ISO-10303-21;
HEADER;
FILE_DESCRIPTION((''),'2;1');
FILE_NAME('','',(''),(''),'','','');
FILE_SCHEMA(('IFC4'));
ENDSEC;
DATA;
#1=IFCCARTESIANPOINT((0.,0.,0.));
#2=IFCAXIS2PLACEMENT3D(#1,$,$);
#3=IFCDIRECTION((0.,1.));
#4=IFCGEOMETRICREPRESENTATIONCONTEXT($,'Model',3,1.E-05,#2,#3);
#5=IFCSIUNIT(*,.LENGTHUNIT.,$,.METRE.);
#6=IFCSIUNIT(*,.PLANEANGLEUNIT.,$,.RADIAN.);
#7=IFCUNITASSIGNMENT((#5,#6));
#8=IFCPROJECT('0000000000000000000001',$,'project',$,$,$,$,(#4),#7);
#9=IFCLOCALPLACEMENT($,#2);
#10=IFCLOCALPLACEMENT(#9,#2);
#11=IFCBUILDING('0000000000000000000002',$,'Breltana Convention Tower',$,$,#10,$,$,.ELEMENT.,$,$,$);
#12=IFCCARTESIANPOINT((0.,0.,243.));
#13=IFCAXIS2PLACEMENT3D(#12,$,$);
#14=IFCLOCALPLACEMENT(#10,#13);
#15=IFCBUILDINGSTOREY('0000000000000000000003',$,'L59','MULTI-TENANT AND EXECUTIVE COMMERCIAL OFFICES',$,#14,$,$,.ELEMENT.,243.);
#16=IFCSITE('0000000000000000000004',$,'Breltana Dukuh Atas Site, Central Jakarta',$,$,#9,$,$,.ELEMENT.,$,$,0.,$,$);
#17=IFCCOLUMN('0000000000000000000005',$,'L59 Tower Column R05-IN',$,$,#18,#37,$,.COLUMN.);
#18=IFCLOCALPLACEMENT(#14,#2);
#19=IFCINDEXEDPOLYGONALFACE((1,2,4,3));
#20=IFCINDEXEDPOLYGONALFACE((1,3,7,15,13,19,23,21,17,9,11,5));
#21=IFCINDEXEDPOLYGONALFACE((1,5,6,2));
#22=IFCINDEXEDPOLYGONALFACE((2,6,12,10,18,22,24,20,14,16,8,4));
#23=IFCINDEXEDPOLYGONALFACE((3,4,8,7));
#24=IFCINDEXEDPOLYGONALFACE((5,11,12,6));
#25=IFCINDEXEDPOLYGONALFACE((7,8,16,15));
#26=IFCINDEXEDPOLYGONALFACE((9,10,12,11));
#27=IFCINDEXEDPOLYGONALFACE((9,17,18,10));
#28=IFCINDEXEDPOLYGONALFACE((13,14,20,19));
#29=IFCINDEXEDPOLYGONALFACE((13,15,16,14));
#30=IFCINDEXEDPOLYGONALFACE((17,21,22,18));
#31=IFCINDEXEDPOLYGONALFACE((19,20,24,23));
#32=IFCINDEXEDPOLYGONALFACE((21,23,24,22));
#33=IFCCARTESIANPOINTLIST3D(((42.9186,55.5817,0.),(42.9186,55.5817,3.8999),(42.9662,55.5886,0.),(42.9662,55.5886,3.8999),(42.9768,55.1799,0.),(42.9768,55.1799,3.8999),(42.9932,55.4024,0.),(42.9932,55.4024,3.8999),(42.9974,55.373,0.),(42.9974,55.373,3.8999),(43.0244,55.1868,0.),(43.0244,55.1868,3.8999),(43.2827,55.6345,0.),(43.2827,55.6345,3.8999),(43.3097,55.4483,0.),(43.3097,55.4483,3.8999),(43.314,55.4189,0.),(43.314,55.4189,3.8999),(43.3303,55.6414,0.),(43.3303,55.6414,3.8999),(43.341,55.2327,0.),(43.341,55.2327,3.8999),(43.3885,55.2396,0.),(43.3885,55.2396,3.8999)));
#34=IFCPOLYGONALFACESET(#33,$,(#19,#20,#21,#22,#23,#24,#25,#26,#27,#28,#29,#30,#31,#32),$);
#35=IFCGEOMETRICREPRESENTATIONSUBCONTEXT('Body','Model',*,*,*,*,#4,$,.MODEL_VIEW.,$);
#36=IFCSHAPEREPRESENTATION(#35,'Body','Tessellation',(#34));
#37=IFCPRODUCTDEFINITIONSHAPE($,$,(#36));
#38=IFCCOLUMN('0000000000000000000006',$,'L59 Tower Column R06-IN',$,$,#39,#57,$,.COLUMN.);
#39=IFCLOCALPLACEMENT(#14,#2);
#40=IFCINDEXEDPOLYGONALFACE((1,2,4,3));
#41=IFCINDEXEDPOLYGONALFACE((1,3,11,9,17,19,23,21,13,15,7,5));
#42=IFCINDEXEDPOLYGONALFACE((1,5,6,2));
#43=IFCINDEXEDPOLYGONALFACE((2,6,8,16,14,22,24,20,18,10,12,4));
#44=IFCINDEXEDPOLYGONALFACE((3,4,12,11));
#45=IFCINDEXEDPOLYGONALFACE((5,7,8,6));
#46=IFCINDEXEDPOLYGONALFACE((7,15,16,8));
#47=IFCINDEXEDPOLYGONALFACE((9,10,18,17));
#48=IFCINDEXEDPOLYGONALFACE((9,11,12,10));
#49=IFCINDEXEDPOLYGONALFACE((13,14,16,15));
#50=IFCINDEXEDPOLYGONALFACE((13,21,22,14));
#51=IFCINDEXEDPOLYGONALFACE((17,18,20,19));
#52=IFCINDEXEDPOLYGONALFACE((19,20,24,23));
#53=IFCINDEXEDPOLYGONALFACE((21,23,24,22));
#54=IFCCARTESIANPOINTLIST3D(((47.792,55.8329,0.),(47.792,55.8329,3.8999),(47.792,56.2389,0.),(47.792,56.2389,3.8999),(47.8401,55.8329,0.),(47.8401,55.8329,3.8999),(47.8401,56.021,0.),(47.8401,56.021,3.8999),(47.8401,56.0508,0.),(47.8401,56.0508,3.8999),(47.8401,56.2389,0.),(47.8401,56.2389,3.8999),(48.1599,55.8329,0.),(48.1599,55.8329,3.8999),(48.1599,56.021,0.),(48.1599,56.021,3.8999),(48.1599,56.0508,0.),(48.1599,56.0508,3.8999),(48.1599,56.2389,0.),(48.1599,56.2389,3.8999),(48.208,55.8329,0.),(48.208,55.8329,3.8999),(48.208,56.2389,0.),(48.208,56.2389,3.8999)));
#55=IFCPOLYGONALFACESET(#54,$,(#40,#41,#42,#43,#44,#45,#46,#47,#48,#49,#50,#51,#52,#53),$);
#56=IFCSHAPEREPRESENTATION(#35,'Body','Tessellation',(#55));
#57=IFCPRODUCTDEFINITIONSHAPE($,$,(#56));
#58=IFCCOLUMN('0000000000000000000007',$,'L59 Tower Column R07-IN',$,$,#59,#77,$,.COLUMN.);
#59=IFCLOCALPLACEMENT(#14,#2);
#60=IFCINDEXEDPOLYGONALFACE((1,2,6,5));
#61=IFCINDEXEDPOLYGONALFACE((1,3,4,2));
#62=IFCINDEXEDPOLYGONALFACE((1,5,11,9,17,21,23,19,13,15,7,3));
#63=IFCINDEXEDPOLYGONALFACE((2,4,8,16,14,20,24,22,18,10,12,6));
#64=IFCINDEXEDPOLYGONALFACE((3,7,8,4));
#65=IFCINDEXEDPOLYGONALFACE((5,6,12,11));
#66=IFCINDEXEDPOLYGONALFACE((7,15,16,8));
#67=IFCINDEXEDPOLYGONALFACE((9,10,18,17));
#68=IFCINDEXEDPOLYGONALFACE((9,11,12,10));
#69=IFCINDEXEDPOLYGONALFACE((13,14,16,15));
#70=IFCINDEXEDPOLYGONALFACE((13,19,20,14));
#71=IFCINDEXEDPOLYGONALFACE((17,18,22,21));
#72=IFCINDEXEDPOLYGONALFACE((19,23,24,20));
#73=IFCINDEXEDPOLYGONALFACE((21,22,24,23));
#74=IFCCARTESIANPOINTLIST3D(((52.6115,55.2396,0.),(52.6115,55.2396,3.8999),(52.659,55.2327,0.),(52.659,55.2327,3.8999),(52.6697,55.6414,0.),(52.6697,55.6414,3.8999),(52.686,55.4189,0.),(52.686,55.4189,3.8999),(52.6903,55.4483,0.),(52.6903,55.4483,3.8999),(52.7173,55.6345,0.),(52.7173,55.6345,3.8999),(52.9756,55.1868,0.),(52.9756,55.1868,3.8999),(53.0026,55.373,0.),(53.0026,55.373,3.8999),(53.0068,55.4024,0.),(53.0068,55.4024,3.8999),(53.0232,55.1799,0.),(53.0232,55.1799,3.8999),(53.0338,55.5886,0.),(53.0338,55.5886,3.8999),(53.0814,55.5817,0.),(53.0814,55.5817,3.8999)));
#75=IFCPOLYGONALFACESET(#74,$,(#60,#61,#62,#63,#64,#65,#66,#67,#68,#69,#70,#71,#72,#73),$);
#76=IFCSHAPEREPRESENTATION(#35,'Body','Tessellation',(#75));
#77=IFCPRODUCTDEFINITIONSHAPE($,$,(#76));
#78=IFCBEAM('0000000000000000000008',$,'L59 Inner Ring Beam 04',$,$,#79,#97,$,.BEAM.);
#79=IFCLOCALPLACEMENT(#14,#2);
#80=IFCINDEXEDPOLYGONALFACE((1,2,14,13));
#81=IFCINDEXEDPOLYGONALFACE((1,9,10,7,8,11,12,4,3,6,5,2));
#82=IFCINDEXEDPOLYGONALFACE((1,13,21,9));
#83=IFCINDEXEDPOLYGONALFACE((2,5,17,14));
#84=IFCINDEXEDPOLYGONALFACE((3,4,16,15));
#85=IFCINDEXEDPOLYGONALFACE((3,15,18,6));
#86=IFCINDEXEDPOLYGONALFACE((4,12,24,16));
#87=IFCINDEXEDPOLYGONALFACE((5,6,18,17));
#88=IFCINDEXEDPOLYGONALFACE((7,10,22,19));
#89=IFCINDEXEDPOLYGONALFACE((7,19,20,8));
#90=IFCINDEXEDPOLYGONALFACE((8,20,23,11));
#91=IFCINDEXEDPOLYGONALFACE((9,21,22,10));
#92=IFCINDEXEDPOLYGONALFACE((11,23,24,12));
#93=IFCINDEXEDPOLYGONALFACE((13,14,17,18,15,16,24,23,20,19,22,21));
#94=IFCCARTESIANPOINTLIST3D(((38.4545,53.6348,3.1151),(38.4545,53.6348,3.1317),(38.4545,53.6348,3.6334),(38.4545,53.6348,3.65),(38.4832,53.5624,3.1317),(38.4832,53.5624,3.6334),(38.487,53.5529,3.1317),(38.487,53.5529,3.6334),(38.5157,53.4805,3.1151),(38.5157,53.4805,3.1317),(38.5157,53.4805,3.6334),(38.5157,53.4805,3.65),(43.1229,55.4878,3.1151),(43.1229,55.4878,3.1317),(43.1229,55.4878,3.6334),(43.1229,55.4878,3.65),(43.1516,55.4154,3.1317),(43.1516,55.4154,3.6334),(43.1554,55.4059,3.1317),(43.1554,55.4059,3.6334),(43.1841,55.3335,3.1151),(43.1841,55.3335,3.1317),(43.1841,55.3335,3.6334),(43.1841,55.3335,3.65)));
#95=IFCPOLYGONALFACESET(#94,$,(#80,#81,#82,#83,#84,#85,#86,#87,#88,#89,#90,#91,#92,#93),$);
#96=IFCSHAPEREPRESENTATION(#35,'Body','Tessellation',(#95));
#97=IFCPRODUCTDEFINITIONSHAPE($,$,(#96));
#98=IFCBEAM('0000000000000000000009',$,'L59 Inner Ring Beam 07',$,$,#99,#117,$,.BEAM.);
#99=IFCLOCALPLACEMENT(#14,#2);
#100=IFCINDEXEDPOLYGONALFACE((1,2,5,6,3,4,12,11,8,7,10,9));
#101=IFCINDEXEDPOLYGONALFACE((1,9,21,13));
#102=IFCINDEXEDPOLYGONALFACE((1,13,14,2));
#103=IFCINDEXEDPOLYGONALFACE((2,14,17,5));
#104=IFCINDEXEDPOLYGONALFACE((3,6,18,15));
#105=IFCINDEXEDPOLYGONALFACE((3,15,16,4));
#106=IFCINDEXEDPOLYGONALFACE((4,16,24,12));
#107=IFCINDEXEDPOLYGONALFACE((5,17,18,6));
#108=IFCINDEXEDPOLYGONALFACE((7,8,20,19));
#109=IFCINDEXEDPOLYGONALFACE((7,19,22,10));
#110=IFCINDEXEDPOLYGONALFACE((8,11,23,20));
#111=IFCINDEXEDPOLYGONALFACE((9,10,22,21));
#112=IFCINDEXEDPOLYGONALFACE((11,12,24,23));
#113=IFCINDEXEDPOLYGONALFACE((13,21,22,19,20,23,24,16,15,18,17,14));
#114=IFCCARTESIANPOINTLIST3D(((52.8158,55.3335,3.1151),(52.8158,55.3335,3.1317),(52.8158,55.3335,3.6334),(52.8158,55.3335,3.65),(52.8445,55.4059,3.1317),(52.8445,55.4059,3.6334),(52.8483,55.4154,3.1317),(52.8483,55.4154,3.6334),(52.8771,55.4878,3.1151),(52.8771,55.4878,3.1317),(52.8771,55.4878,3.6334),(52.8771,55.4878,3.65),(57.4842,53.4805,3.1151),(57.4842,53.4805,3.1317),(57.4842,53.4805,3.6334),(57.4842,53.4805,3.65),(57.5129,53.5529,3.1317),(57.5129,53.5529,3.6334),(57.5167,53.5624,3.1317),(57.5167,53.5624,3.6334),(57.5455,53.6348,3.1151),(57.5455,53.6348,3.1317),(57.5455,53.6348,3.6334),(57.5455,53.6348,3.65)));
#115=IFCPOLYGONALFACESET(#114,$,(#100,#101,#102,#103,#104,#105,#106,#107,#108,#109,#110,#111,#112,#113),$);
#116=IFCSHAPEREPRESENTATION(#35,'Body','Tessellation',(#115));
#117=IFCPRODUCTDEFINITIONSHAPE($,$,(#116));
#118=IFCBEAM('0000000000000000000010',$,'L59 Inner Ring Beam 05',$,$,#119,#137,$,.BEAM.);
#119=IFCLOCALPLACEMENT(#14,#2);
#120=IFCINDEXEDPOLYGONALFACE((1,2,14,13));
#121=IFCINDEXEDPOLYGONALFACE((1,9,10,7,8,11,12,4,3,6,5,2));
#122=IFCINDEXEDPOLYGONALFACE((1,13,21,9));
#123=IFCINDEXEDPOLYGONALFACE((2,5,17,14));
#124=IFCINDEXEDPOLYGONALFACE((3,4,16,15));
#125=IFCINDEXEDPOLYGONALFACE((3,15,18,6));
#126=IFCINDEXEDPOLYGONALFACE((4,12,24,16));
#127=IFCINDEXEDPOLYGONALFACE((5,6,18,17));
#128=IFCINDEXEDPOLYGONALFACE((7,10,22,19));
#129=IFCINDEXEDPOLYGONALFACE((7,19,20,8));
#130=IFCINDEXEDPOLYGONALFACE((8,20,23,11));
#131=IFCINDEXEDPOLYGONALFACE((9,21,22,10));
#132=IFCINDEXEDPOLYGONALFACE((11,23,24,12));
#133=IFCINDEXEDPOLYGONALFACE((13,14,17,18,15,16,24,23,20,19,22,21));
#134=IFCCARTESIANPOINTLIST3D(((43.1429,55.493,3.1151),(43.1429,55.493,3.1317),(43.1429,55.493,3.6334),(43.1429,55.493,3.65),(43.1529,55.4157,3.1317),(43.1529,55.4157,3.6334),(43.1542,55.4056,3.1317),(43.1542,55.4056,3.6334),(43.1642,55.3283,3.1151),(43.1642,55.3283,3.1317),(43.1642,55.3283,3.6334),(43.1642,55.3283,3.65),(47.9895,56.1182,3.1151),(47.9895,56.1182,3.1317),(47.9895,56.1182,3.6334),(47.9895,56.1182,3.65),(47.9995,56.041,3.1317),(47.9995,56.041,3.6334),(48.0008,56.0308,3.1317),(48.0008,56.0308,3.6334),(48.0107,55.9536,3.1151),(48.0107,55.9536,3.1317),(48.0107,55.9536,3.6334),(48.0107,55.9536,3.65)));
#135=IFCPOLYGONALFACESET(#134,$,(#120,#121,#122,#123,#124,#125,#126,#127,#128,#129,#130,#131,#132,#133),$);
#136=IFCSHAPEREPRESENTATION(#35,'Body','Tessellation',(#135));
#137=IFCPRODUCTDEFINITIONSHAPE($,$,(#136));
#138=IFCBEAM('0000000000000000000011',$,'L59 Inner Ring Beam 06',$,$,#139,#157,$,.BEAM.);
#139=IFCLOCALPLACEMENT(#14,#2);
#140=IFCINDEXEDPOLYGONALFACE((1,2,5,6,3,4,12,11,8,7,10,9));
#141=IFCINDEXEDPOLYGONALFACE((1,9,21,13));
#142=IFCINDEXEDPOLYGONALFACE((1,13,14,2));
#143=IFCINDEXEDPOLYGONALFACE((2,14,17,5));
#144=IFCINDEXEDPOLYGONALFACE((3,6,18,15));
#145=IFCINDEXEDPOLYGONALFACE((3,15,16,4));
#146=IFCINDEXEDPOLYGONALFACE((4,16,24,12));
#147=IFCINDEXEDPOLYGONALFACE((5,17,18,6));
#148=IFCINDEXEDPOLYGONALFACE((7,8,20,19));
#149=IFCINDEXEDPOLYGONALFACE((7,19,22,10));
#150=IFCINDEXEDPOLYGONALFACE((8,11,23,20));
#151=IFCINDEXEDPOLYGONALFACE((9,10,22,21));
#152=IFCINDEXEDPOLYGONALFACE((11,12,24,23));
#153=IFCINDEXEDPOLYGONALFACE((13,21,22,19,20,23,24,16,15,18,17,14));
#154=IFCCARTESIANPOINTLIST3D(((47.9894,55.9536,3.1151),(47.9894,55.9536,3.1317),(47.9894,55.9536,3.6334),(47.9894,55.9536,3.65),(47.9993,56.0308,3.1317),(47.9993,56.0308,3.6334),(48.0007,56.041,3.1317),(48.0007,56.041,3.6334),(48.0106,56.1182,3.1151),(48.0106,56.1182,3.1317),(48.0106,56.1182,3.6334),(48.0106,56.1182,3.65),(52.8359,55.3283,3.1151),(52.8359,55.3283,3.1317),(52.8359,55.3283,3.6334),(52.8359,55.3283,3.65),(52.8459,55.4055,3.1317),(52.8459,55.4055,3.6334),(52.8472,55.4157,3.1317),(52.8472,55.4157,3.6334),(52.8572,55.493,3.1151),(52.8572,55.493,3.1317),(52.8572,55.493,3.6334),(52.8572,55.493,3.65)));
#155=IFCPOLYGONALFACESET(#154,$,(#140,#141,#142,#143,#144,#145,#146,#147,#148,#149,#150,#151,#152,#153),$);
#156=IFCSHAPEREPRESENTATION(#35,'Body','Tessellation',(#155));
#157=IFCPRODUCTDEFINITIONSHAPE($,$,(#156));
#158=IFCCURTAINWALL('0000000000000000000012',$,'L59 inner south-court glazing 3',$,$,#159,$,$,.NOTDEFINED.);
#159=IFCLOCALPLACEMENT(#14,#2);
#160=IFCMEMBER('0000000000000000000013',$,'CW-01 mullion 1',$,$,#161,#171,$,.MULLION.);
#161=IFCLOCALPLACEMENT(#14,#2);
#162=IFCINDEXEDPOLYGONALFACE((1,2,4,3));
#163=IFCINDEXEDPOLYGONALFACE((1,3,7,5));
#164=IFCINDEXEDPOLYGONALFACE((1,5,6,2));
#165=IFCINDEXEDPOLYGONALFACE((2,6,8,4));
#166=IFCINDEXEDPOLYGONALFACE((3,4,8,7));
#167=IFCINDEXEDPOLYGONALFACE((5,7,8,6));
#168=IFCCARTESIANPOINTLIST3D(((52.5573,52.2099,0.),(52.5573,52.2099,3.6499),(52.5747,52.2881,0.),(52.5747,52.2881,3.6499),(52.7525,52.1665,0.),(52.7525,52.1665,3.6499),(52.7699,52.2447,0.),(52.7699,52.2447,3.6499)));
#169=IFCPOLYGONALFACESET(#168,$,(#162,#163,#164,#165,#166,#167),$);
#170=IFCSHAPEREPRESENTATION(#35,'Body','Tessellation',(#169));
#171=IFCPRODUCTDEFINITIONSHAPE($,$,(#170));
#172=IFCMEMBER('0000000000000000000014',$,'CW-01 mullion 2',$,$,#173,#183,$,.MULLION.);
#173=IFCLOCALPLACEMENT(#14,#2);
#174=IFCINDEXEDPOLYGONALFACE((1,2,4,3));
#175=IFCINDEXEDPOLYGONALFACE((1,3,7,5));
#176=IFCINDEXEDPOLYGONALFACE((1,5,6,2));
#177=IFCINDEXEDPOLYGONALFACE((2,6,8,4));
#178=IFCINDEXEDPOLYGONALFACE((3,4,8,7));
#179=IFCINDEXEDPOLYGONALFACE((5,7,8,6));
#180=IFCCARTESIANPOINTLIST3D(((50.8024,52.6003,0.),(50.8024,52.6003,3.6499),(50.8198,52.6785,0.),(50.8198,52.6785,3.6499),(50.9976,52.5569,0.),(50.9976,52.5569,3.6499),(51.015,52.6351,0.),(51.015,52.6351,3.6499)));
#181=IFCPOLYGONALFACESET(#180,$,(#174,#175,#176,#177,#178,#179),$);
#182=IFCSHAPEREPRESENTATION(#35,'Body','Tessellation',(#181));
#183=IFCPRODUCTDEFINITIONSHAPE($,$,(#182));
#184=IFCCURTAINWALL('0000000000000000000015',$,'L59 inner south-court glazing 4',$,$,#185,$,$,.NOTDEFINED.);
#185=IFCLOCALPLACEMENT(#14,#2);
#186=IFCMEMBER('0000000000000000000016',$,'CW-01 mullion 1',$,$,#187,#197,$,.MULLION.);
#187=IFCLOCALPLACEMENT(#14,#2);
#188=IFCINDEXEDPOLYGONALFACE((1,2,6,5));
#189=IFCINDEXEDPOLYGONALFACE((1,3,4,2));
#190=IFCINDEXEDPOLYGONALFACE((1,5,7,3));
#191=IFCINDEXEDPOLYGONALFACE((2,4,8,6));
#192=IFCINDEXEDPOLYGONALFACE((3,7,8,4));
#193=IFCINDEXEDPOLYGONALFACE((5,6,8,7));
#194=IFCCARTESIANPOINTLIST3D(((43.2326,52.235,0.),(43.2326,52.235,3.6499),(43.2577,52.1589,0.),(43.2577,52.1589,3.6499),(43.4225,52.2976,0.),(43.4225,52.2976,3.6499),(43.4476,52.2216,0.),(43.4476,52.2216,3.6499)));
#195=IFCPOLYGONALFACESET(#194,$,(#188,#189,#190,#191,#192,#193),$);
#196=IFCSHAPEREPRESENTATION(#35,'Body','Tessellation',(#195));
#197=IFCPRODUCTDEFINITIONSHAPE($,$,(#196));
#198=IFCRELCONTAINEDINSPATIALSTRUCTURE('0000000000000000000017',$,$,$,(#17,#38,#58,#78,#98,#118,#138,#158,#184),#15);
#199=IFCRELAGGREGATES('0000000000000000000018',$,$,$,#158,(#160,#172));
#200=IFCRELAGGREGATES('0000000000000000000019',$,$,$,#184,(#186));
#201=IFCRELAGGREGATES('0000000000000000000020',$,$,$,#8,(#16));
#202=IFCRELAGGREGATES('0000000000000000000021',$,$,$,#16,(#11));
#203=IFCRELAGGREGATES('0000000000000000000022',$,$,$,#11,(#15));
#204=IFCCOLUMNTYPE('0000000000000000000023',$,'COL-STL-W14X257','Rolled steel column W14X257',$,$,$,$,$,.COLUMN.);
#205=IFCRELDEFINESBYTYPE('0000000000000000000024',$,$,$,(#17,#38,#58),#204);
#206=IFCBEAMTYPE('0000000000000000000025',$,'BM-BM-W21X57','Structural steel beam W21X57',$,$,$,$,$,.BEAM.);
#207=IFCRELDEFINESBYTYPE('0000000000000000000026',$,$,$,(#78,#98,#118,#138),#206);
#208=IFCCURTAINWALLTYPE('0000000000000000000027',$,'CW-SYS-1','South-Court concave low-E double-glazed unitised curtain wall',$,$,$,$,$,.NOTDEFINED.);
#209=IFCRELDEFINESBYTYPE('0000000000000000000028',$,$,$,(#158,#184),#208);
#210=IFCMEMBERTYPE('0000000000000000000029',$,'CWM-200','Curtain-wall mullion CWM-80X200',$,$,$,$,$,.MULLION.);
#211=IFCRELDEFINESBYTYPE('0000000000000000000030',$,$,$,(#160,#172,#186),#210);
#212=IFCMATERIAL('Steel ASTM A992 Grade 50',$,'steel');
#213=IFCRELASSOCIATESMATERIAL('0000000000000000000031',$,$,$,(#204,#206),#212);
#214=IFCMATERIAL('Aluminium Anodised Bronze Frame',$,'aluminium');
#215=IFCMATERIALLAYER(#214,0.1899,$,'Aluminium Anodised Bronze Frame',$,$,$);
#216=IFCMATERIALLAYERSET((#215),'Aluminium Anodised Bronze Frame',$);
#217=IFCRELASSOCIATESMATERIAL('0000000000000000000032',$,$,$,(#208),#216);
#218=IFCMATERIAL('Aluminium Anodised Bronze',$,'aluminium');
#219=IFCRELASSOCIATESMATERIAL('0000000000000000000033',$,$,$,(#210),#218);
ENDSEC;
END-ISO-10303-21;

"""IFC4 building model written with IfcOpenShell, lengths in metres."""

from ifc_helpers import new_model, si_unit, direction, frame, origin, origin_2d, place, context, subcontext, project, spatial, rectangle, i_section, extrude, source, transform, mapped, material, layer, layer_set, material_profile, profile_set, type_object, element, aggregate, save


model = new_model("IFC4")

# Units and contexts
model_context = context("Model", 3, precision=1e-05, world=origin(), true_north=direction((0.0, 1.0)))
body_context = subcontext(model_context, "Body", "Model", "MODEL_VIEW")
ifc_project = project(units=[si_unit("LENGTHUNIT", "METRE"), si_unit("PLANEANGLEUNIT", "RADIAN")], contexts=[model_context])

# Site, building, storey
site_placement = place(None, origin())
site = spatial("IfcSite", under=ifc_project, at=site_placement, Name="Breltana Dukuh Atas Site, Central Jakarta", CompositionType="ELEMENT", RefElevation=0.0)
building_placement = place(site_placement, origin())
building = spatial("IfcBuilding", under=site, at=building_placement, Name="Breltana Convention Tower", CompositionType="ELEMENT")
storey_placement = place(building_placement, frame((0.0, 0.0, 243.0)))
storey = spatial("IfcBuildingStorey", under=building, at=storey_placement, Name="L59", Description="MULTI-TENANT AND EXECUTIVE COMMERCIAL OFFICES", CompositionType="ELEMENT", Elevation=243.0)

# Columns
ifc_material_1 = material(Name="Steel ASTM A992 Grade 50", Category="steel")
ifc_material_profile_1 = material_profile(ifc_material_1, i_section(OverallWidth=0.406, OverallDepth=0.416, WebThickness=0.0298, FlangeThickness=0.0481, at=origin_2d()), Name="W14X257")
ifc_profile_set_1 = profile_set([ifc_material_profile_1], Name="Steel ASTM A992 Grade 50")
column_type = type_object("IfcColumnType", Name="COL-STL-W14X257", Description="Rolled steel column W14X257", PredefinedType="COLUMN", material=ifc_profile_set_1)
shared_shape_1 = source(origin(), body_context, "Body", "SweptSolid", [
    extrude(i_section(OverallWidth=0.406, OverallDepth=0.416, WebThickness=0.0298, FlangeThickness=0.0481, at=origin_2d()), origin(), (0.0, 0.0, 1.0), 3.8999),
])
for number, where, z_axis, x_axis, name in (
    (1, (43.1536, 55.4106, 0.0), (0.0, 0.0, 1.0), (-0.143493, 0.989651, 0.0), "L59 Tower Column R05-IN"),
    (2, (48.0, 56.0359, 0.0), (0.0, 0.0, 1.0), (0.0, 1.0, 0.0), "L59 Tower Column R06-IN"),
    (3, (52.8464, 55.4106, 0.0), (0.0, 0.0, 1.0), (0.143493, 0.989651, 0.0), "L59 Tower Column R07-IN"),
):
    element("IfcColumn", number, at=place(storey_placement, frame(where, z_axis=z_axis, x_axis=x_axis)), inside=storey, type_object=column_type, Name=name, PredefinedType="COLUMN", context=body_context, shape_type="MappedRepresentation", body=[
        mapped(shared_shape_1, transform((0.0, 0.0, 0.0), scale=1.0)),
    ])

# Beams
ifc_material_profile_2 = material_profile(ifc_material_1, i_section(OverallWidth=0.166, OverallDepth=0.5349, WebThickness=0.0103, FlangeThickness=0.0166, at=origin_2d()), Name="W21X57")
ifc_profile_set_2 = profile_set([ifc_material_profile_2], Name="Steel ASTM A992 Grade 50")
beam_type = type_object("IfcBeamType", Name="BM-BM-W21X57", Description="Structural steel beam W21X57", PredefinedType="BEAM", material=ifc_profile_set_2)
shared_shape_2 = source(origin(), body_context, "Body", "SweptSolid", [
    extrude(i_section(OverallWidth=0.166, OverallDepth=0.5349, WebThickness=0.0103, FlangeThickness=0.0166, at=origin_2d()), origin(), (0.0, 0.0, 1.0), 5.0227),
])
for number, where, z_axis, x_axis, name in (
    (4, (38.4851, 53.5576, 3.3826), (0.929459, 0.368926, 0.0), (-0.368926, 0.929459, 0.0), "L59 Inner Ring Beam 04"),
    (5, (52.8464, 55.4106, 3.3826), (0.929459, -0.368926, 0.0), (0.368926, 0.929459, 0.0), "L59 Inner Ring Beam 07"),
):
    element("IfcBeam", number, at=place(storey_placement, frame(where, z_axis=z_axis, x_axis=x_axis)), inside=storey, type_object=beam_type, Name=name, PredefinedType="BEAM", context=body_context, shape_type="MappedRepresentation", body=[
        mapped(shared_shape_2, transform((0.0, 0.0, 0.0), scale=1.0)),
    ])
shared_shape_3 = source(origin(), body_context, "Body", "SweptSolid", [
    extrude(i_section(OverallWidth=0.166, OverallDepth=0.5349, WebThickness=0.0103, FlangeThickness=0.0166, at=origin_2d()), origin(), (0.0, 0.0, 1.0), 4.8867),
])
for number, where, z_axis, x_axis, name in (
    (6, (43.1536, 55.4106, 3.3826), (0.991781, 0.127951, 0.0), (-0.127951, 0.991781, 0.0), "L59 Inner Ring Beam 05"),
    (7, (48.0, 56.0359, 3.3826), (0.991781, -0.127951, 0.0), (0.127951, 0.991781, 0.0), "L59 Inner Ring Beam 06"),
):
    element("IfcBeam", number, at=place(storey_placement, frame(where, z_axis=z_axis, x_axis=x_axis)), inside=storey, type_object=beam_type, Name=name, PredefinedType="BEAM", context=body_context, shape_type="MappedRepresentation", body=[
        mapped(shared_shape_3, transform((0.0, 0.0, 0.0), scale=1.0)),
    ])

# Curtain walls, members
ifc_material_2 = material(Name="Aluminium Anodised Bronze Frame", Category="aluminium")
ifc_layer_1 = layer(ifc_material_2, 0.1899, Name="Aluminium Anodised Bronze Frame")
ifc_layer_set_1 = layer_set([ifc_layer_1], Name="Aluminium Anodised Bronze Frame")
curtain_wall_type = type_object("IfcCurtainWallType", Name="CW-SYS-1", Description="South-Court concave low-E double-glazed unitised curtain wall", PredefinedType="NOTDEFINED", material=ifc_layer_set_1)
curtain_wall_1_placement = place(storey_placement, origin())
curtain_wall_1 = element("IfcCurtainWall", 8, at=curtain_wall_1_placement, inside=storey, type_object=curtain_wall_type, Name="L59 inner south-court glazing 3", PredefinedType="NOTDEFINED")
ifc_material_3 = material(Name="Aluminium Anodised Bronze", Category="aluminium")
ifc_material_profile_3 = material_profile(ifc_material_3, rectangle(XDim=0.0801, YDim=0.2, at=origin_2d()), Name="CWM-80X200")
ifc_profile_set_3 = profile_set([ifc_material_profile_3], Name="Aluminium Anodised Bronze")
member_type_1 = type_object("IfcMemberType", Name="CWM-200", Description="Curtain-wall mullion CWM-80X200", PredefinedType="MULLION", material=ifc_profile_set_3)
shared_shape_4 = source(origin(), body_context, "Body", "SweptSolid", [
    extrude(rectangle(XDim=0.0801, YDim=0.2, at=origin_2d()), origin(), (0.0, 0.0, 1.0), 3.6499),
])
member_1_placement = place(storey_placement, frame((52.6636, 52.2273, 0.0), z_axis=(0.0, 0.0, 1.0), x_axis=(-0.217128, -0.976143, 0.0)))
member_1 = element("IfcMember", 9, at=member_1_placement, type_object=member_type_1, Name="CW-01 mullion 1", PredefinedType="MULLION", context=body_context, shape_type="MappedRepresentation", body=[
    mapped(shared_shape_4, transform((0.0, 0.0, 0.0), scale=1.0)),
])
member_2_placement = place(storey_placement, frame((50.9087, 52.6177, 0.0), z_axis=(0.0, 0.0, 1.0), x_axis=(-0.217128, -0.976143, 0.0)))
member_2 = element("IfcMember", 10, at=member_2_placement, type_object=member_type_1, Name="CW-01 mullion 2", PredefinedType="MULLION", context=body_context, shape_type="MappedRepresentation", body=[
    mapped(shared_shape_4, transform((0.0, 0.0, 0.0), scale=1.0)),
])
curtain_wall_2_placement = place(storey_placement, origin())
curtain_wall_2 = element("IfcCurtainWall", 11, at=curtain_wall_2_placement, inside=storey, type_object=curtain_wall_type, Name="L59 inner south-court glazing 4", PredefinedType="NOTDEFINED")
member_3_placement = place(storey_placement, frame((43.3401, 52.2283, 0.0), z_axis=(0.0, 0.0, 1.0), x_axis=(0.313194, -0.949689, 0.0)))
member_3 = element("IfcMember", 12, at=member_3_placement, type_object=member_type_1, Name="CW-01 mullion 1", PredefinedType="MULLION", context=body_context, shape_type="MappedRepresentation", body=[
    mapped(shared_shape_4, transform((0.0, 0.0, 0.0), scale=1.0)),
])

aggregate(curtain_wall_1, [member_1, member_2])
aggregate(curtain_wall_2, [member_3])

save(model, "model.ifc")
